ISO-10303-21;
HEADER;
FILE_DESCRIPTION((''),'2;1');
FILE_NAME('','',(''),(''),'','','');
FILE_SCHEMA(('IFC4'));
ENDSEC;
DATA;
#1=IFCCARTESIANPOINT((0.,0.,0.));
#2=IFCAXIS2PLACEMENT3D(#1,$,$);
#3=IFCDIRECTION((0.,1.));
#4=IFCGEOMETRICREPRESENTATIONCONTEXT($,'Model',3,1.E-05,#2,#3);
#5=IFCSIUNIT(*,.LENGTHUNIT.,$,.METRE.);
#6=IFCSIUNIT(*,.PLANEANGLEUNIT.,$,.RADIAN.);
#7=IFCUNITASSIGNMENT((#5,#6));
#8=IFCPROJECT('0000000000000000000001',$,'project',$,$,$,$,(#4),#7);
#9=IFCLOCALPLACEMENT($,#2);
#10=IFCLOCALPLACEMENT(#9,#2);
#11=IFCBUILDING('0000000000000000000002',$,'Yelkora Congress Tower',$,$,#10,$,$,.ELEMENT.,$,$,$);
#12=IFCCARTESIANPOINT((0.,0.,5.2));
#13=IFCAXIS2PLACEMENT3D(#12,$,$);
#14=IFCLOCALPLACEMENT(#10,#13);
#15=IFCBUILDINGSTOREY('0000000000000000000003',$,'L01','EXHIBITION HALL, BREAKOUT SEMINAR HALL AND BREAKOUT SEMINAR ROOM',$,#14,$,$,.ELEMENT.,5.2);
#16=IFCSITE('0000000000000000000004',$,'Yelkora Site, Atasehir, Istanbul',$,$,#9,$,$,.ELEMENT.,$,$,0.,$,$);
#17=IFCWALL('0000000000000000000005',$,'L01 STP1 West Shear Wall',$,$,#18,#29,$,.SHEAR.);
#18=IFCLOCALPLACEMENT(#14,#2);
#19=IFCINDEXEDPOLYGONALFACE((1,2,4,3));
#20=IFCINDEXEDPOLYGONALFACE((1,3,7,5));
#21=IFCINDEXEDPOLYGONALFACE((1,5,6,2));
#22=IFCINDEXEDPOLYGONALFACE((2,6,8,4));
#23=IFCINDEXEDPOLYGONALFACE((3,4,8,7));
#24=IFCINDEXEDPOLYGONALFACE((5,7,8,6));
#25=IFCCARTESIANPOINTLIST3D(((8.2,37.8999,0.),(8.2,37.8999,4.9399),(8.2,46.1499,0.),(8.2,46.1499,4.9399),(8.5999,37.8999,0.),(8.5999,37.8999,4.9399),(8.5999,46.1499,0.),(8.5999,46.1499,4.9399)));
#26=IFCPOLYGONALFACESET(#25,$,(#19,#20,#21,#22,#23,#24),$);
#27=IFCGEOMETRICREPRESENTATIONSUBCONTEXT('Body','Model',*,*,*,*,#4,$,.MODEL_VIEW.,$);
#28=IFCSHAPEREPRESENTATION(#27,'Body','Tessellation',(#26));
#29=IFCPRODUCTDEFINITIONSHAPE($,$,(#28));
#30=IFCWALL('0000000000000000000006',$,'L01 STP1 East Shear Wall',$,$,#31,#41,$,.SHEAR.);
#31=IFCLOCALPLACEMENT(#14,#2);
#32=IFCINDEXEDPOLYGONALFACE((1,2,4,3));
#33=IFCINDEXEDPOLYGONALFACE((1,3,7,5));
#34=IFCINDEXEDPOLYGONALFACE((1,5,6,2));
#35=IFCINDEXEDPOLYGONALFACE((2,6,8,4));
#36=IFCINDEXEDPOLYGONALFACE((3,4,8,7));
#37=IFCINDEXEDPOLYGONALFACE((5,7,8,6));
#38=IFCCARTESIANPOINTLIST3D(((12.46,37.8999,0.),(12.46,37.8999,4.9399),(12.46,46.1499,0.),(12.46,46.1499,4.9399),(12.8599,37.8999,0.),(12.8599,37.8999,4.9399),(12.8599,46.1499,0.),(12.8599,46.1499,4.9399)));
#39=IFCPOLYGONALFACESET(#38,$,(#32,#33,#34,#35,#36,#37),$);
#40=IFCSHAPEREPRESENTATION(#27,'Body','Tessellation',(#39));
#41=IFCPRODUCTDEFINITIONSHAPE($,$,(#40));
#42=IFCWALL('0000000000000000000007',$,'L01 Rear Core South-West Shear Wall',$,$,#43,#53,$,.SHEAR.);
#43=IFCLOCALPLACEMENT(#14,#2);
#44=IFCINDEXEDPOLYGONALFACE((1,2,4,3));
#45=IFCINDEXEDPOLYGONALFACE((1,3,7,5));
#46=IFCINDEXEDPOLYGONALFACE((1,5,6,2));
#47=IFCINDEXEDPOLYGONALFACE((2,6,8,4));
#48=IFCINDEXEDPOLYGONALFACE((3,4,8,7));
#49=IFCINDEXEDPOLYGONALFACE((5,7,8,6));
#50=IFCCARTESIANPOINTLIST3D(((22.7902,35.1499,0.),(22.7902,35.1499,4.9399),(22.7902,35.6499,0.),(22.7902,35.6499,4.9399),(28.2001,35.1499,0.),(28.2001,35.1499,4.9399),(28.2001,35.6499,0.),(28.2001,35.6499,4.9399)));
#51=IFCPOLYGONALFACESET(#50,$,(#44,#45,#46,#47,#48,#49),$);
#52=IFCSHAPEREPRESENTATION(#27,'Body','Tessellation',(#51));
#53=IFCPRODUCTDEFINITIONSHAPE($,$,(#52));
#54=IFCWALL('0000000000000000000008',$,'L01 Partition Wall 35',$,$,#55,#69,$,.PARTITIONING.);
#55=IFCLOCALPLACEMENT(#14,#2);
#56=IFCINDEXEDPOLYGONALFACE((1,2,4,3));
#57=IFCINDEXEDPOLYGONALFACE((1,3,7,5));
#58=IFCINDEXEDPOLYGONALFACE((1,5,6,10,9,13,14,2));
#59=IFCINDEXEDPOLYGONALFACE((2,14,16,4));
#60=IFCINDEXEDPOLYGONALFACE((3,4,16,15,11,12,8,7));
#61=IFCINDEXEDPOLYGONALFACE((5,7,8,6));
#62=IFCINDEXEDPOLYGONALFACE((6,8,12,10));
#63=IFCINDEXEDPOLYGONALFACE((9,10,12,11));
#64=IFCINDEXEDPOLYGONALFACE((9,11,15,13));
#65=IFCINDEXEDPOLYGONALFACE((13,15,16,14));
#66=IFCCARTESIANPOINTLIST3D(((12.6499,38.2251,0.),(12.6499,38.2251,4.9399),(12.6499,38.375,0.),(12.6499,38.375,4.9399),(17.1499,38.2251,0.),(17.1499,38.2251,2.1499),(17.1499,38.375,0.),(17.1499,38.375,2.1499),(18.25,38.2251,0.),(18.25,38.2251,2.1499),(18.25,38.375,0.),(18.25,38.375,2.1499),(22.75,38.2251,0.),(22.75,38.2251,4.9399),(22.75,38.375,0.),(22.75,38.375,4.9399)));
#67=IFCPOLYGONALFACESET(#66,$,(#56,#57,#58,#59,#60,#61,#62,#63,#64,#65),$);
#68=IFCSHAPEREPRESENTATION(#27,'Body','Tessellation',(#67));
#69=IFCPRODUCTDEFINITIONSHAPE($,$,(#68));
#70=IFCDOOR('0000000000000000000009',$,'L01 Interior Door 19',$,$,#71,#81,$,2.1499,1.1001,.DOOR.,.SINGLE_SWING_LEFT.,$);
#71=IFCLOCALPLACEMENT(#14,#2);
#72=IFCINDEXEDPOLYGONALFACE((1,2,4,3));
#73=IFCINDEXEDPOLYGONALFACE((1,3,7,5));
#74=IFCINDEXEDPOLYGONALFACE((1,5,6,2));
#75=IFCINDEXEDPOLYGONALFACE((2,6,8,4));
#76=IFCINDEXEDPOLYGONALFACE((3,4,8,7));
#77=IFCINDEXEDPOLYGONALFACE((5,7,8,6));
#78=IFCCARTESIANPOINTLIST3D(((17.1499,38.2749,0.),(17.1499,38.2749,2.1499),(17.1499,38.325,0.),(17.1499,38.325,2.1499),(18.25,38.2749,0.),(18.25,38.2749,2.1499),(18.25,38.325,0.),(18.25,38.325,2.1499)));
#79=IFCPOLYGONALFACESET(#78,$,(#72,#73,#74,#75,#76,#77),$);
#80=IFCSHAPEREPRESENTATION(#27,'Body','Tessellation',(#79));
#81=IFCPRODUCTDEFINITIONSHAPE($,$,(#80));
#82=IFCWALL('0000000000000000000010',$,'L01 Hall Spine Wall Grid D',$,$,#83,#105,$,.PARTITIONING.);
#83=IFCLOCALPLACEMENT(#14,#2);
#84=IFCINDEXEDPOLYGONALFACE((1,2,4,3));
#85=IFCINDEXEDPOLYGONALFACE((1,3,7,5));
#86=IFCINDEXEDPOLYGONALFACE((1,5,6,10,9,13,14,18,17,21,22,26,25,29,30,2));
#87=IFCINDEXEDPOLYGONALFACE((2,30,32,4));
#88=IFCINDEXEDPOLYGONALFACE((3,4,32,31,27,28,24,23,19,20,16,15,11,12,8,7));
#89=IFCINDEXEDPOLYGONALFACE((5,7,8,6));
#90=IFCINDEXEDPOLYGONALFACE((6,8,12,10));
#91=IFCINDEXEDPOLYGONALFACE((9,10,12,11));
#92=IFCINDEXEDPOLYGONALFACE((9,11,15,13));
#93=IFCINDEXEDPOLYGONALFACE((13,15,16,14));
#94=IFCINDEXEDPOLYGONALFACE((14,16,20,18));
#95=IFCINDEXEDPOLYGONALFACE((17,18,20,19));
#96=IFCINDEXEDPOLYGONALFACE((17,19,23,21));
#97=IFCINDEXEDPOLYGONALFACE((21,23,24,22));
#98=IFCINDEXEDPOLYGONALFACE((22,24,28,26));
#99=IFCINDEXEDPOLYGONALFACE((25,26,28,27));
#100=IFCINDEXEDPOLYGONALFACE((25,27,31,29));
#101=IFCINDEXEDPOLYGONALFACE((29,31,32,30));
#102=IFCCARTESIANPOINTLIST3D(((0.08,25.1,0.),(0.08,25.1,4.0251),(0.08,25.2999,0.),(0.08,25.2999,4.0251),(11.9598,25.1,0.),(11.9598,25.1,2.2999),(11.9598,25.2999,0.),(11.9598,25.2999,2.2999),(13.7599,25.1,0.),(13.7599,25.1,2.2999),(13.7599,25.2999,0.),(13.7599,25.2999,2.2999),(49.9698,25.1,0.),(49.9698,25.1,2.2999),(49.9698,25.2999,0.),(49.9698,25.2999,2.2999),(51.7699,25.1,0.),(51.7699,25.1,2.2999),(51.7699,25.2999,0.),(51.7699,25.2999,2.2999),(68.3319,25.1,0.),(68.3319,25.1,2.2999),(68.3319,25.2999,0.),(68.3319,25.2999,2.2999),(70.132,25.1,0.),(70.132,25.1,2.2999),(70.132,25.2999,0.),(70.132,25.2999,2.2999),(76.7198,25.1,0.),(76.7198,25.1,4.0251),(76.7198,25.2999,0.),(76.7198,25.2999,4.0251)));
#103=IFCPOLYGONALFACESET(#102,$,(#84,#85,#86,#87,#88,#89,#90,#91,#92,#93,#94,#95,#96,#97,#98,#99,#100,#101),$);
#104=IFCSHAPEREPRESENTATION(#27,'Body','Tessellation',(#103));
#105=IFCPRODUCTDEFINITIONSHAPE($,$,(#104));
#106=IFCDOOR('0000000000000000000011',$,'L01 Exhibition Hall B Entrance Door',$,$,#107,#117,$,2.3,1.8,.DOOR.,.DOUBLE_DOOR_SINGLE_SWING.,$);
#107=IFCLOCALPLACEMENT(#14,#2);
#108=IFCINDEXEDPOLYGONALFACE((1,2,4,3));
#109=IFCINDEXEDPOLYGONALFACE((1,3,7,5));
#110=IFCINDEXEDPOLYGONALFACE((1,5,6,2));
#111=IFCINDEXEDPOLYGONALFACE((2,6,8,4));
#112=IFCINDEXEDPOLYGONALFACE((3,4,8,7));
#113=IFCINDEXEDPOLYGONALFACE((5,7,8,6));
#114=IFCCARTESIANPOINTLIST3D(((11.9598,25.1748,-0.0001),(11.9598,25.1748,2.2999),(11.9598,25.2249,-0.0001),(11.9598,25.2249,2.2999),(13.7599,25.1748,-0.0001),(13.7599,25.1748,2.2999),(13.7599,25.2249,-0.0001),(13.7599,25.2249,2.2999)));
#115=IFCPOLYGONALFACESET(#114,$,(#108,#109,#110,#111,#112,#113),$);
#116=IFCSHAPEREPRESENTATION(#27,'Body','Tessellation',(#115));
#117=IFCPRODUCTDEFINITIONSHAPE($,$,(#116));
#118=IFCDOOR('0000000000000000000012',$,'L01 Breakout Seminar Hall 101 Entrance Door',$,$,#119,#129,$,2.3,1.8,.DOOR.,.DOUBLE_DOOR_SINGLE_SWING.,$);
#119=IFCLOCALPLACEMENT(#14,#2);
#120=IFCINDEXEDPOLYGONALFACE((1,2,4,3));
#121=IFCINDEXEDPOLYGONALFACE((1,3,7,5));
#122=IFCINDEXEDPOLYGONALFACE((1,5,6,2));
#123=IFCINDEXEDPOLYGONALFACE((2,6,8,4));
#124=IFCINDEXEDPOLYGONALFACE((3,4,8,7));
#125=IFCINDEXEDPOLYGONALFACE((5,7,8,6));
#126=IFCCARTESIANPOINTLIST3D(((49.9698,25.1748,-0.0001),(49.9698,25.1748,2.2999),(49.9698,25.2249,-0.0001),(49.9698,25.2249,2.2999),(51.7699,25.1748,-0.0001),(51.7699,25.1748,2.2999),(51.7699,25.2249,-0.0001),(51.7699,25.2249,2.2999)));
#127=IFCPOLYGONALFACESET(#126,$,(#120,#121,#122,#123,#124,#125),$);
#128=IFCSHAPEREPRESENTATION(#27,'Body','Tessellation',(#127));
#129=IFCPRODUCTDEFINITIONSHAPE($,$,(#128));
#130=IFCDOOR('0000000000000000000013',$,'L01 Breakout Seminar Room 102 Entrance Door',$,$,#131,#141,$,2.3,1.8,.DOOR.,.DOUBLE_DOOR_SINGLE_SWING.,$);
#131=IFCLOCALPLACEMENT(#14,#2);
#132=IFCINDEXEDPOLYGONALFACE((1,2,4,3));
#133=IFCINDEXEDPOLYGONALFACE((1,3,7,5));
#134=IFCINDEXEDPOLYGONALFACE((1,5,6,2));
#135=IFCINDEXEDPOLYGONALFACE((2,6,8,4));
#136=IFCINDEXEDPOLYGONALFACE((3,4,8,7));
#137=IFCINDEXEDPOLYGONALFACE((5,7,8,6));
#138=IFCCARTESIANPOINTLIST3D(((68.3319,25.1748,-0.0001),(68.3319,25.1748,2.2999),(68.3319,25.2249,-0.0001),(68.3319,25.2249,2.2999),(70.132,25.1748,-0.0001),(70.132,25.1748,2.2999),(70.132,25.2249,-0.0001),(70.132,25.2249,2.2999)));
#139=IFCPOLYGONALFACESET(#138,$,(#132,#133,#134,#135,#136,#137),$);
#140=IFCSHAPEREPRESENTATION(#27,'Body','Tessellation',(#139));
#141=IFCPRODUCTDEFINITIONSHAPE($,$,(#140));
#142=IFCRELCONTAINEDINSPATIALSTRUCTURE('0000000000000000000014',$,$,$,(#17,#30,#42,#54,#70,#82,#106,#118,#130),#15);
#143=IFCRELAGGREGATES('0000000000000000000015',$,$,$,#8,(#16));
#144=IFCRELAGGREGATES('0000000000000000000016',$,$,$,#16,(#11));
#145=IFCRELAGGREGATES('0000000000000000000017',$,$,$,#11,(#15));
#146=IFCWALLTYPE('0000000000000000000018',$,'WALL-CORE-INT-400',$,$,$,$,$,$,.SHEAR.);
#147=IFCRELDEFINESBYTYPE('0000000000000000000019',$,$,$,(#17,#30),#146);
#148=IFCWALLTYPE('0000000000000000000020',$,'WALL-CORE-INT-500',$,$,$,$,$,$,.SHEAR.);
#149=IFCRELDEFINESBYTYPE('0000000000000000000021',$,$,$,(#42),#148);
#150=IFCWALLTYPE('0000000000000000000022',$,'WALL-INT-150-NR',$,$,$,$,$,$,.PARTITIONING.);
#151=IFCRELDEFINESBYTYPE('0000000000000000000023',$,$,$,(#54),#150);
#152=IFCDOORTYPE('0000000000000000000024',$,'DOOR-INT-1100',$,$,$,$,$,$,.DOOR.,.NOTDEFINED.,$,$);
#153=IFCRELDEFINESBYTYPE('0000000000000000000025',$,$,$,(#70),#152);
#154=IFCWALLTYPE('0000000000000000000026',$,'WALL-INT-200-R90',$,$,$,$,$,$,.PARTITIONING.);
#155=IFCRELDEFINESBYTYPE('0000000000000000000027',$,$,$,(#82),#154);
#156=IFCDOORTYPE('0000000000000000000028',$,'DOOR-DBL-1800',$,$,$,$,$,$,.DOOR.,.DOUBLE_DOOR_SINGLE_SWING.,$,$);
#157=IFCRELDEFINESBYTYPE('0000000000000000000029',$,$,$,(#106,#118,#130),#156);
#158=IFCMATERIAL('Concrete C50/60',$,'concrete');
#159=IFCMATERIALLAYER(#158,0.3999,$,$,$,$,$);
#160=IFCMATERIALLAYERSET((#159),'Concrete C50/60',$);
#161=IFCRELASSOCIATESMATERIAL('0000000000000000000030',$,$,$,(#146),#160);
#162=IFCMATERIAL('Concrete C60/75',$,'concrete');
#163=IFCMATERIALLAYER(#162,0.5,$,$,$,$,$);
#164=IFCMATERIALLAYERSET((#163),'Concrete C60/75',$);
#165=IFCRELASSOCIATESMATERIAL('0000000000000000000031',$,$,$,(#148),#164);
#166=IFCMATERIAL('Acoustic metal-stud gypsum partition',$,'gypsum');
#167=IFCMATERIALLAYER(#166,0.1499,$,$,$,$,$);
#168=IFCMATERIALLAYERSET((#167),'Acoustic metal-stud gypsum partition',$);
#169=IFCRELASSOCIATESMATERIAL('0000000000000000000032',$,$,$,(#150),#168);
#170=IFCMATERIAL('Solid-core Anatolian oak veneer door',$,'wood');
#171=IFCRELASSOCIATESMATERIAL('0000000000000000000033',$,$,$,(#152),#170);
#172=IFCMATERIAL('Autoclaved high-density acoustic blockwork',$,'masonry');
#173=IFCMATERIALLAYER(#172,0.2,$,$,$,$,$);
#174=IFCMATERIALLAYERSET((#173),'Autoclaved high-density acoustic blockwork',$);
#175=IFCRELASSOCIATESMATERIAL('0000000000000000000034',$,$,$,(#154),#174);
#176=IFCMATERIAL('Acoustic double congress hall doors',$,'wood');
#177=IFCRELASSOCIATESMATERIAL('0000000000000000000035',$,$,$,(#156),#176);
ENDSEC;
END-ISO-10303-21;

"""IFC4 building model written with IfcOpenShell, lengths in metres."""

from ifc_helpers import new_model, si_unit, direction, frame, frame_2d, origin, place, context, subcontext, project, spatial, rectangle, extrude, material, layer, layer_set, type_object, element, fill, save


model = new_model("IFC4")

# Units and contexts
model_context = context("Model", 3, precision=1e-05, world=origin(), true_north=direction((0.0, 1.0)))
body_context = subcontext(model_context, "Body", "Model", "MODEL_VIEW")
ifc_project = project(units=[si_unit("LENGTHUNIT", "METRE"), si_unit("PLANEANGLEUNIT", "RADIAN")], contexts=[model_context])

# Site, building, storey
site_placement = place(None, origin())
site = spatial("IfcSite", under=ifc_project, at=site_placement, Name="Yelkora Site, Atasehir, Istanbul", CompositionType="ELEMENT", RefElevation=0.0)
building_placement = place(site_placement, origin())
building = spatial("IfcBuilding", under=site, at=building_placement, Name="Yelkora Congress Tower", CompositionType="ELEMENT")
storey_placement = place(building_placement, frame((0.0, 0.0, 5.2)))
storey = spatial("IfcBuildingStorey", under=building, at=storey_placement, Name="L01", Description="EXHIBITION HALL, BREAKOUT SEMINAR HALL AND BREAKOUT SEMINAR ROOM", CompositionType="ELEMENT", Elevation=5.2)

# Shared definitions
ifc_material_1 = material(Name="Concrete C60/75", Category="concrete")
ifc_material_2 = material(Name="Concrete C50/60", Category="concrete")

# Walls
ifc_layer_1 = layer(ifc_material_2, 0.3999)
ifc_layer_set_1 = layer_set([ifc_layer_1], Name="Concrete C50/60")
wall_type_1 = type_object("IfcWallType", Name="WALL-CORE-INT-400", PredefinedType="SHEAR", material=ifc_layer_set_1)
for number, where, z_axis, x_axis, name in (
    (1, (8.3999, 37.8999, 0.0), (0.0, 0.0, 1.0), (0.0, 1.0, 0.0), "L01 STP1 West Shear Wall"),
    (2, (12.6599, 37.8999, 0.0), (0.0, 0.0, 1.0), (0.0, 1.0, 0.0), "L01 STP1 East Shear Wall"),
):
    element("IfcWall", number, at=place(storey_placement, frame(where, z_axis=z_axis, x_axis=x_axis)), inside=storey, type_object=wall_type_1, Name=name, PredefinedType="SHEAR", context=body_context, shape_type="SweptSolid", body=[
        extrude(rectangle(XDim=8.25, YDim=0.3999, at=frame_2d((4.125, 0.0))), origin(), (0.0, 0.0, 1.0), 4.9399),
    ])
ifc_layer_2 = layer(ifc_material_1, 0.5)
ifc_layer_set_2 = layer_set([ifc_layer_2], Name="Concrete C60/75")
wall_type_2 = type_object("IfcWallType", Name="WALL-CORE-INT-500", PredefinedType="SHEAR", material=ifc_layer_set_2)
wall_1_placement = place(storey_placement, frame((22.79, 35.3999, 0.0), z_axis=(0.0, 0.0, 1.0), x_axis=(1.0, 0.0, 0.0)))
element("IfcWall", 3, at=wall_1_placement, inside=storey, type_object=wall_type_2, Name="L01 Rear Core South-West Shear Wall", PredefinedType="SHEAR", context=body_context, shape_type="SweptSolid", body=[
    extrude(rectangle(XDim=5.4099, YDim=0.5, at=frame_2d((2.7051, 0.0))), origin(), (0.0, 0.0, 1.0), 4.9399),
])

# Wall, opening, door
ifc_material_3 = material(Name="Acoustic metal-stud gypsum partition", Category="gypsum")
ifc_layer_3 = layer(ifc_material_3, 0.1499)
ifc_layer_set_3 = layer_set([ifc_layer_3], Name="Acoustic metal-stud gypsum partition")
wall_type_3 = type_object("IfcWallType", Name="WALL-INT-150-NR", PredefinedType="PARTITIONING", material=ifc_layer_set_3)
wall_2_placement = place(storey_placement, frame((12.6499, 38.3, 0.0), z_axis=(0.0, 0.0, 1.0), x_axis=(1.0, 0.0, 0.0)))
wall_2 = element("IfcWall", 4, at=wall_2_placement, inside=storey, type_object=wall_type_3, Name="L01 Partition Wall 35", PredefinedType="PARTITIONING", context=body_context, shape_type="SweptSolid", body=[
    extrude(rectangle(XDim=10.1001, YDim=0.1499, at=frame_2d((5.05, 0.0))), origin(), (0.0, 0.0, 1.0), 4.9399),
])
opening_1_placement = place(wall_2_placement, frame((4.5, 0.0, 0.0)))
opening_1 = element("IfcOpeningElement", 5, at=opening_1_placement, cuts=wall_2, PredefinedType="OPENING", context=body_context, shape_type="SweptSolid", body=[
    extrude(rectangle(XDim=1.1001, YDim=2.1499, at=frame_2d((0.55, 1.075))), frame((0.0, 0.085, 0.0), z_axis=(0.0, -1.0, 0.0), x_axis=(1.0, 0.0, 0.0)), (0.0, 0.0, 1.0), 0.1699),
])
ifc_material_4 = material(Name="Solid-core Anatolian oak veneer door", Category="wood")
door_type_1 = type_object("IfcDoorType", Name="DOOR-INT-1100", OperationType="NOTDEFINED", PredefinedType="DOOR", material=ifc_material_4)
door_1_placement = place(opening_1_placement, origin())
door_1 = element("IfcDoor", 6, at=door_1_placement, inside=storey, type_object=door_type_1, Name="L01 Interior Door 19", OperationType="SINGLE_SWING_LEFT", OverallHeight=2.1499, OverallWidth=1.1001, PredefinedType="DOOR", context=body_context, shape_type="SweptSolid", body=[
    extrude(rectangle(XDim=1.1001, YDim=2.1499, at=frame_2d((0.55, 1.075))), frame((0.0, 0.0249, 0.0), z_axis=(0.0, -1.0, 0.0), x_axis=(1.0, 0.0, 0.0)), (0.0, 0.0, 1.0), 0.05),
])
fill(opening_1, door_1)

# Wall, openings, doors
ifc_material_5 = material(Name="Autoclaved high-density acoustic blockwork", Category="masonry")
ifc_layer_4 = layer(ifc_material_5, 0.2)
ifc_layer_set_4 = layer_set([ifc_layer_4], Name="Autoclaved high-density acoustic blockwork")
wall_type_4 = type_object("IfcWallType", Name="WALL-INT-200-R90", PredefinedType="PARTITIONING", material=ifc_layer_set_4)
wall_3_placement = place(storey_placement, frame((0.0801, 25.2, 0.0), z_axis=(0.0, 0.0, 1.0), x_axis=(1.0, 0.0, 0.0)))
wall_3 = element("IfcWall", 7, at=wall_3_placement, inside=storey, type_object=wall_type_4, Name="L01 Hall Spine Wall Grid D", PredefinedType="PARTITIONING", context=body_context, shape_type="SweptSolid", body=[
    extrude(rectangle(XDim=76.6399, YDim=0.2, at=frame_2d((38.3198, 0.0))), origin(), (0.0, 0.0, 1.0), 4.0251),
])
opening_2_placement = place(wall_3_placement, frame((11.8799, 0.0, 0.0)))
opening_2 = element("IfcOpeningElement", 8, at=opening_2_placement, cuts=wall_3, PredefinedType="OPENING", context=body_context, shape_type="SweptSolid", body=[
    extrude(rectangle(XDim=1.8, YDim=2.3, at=frame_2d((0.8999, 1.1499))), frame((0.0, 0.1099, 0.0), z_axis=(0.0, -1.0, 0.0), x_axis=(1.0, 0.0, 0.0)), (0.0, 0.0, 1.0), 0.22),
])
opening_3_placement = place(wall_3_placement, frame((49.8899, 0.0, 0.0)))
opening_3 = element("IfcOpeningElement", 9, at=opening_3_placement, cuts=wall_3, PredefinedType="OPENING", context=body_context, shape_type="SweptSolid", body=[
    extrude(rectangle(XDim=1.8, YDim=2.3, at=frame_2d((0.8999, 1.1499))), frame((0.0, 0.1099, 0.0), z_axis=(0.0, -1.0, 0.0), x_axis=(1.0, 0.0, 0.0)), (0.0, 0.0, 1.0), 0.22),
])
opening_4_placement = place(wall_3_placement, frame((68.252, 0.0, 0.0)))
opening_4 = element("IfcOpeningElement", 10, at=opening_4_placement, cuts=wall_3, PredefinedType="OPENING", context=body_context, shape_type="SweptSolid", body=[
    extrude(rectangle(XDim=1.8, YDim=2.3, at=frame_2d((0.8999, 1.1499))), frame((0.0, 0.1099, 0.0), z_axis=(0.0, -1.0, 0.0), x_axis=(1.0, 0.0, 0.0)), (0.0, 0.0, 1.0), 0.22),
])
ifc_material_6 = material(Name="Acoustic double congress hall doors", Category="wood")
door_type_2 = type_object("IfcDoorType", Name="DOOR-DBL-1800", OperationType="DOUBLE_DOOR_SINGLE_SWING", PredefinedType="DOOR", material=ifc_material_6)
door_2_placement = place(opening_2_placement, origin())
door_2 = element("IfcDoor", 11, at=door_2_placement, inside=storey, type_object=door_type_2, Name="L01 Exhibition Hall B Entrance Door", OperationType="DOUBLE_DOOR_SINGLE_SWING", OverallHeight=2.3, OverallWidth=1.8, PredefinedType="DOOR", context=body_context, shape_type="SweptSolid", body=[
    extrude(rectangle(XDim=1.8, YDim=2.3, at=frame_2d((0.8999, 1.1499))), frame((0.0, 0.0249, 0.0), z_axis=(0.0, -1.0, 0.0), x_axis=(1.0, 0.0, 0.0)), (0.0, 0.0, 1.0), 0.05),
])
fill(opening_2, door_2)
door_3_placement = place(opening_3_placement, origin())
door_3 = element("IfcDoor", 12, at=door_3_placement, inside=storey, type_object=door_type_2, Name="L01 Breakout Seminar Hall 101 Entrance Door", OperationType="DOUBLE_DOOR_SINGLE_SWING", OverallHeight=2.3, OverallWidth=1.8, PredefinedType="DOOR", context=body_context, shape_type="SweptSolid", body=[
    extrude(rectangle(XDim=1.8, YDim=2.3, at=frame_2d((0.8999, 1.1499))), frame((0.0, 0.0249, 0.0), z_axis=(0.0, -1.0, 0.0), x_axis=(1.0, 0.0, 0.0)), (0.0, 0.0, 1.0), 0.05),
])
fill(opening_3, door_3)
door_4_placement = place(opening_4_placement, origin())
door_4 = element("IfcDoor", 13, at=door_4_placement, inside=storey, type_object=door_type_2, Name="L01 Breakout Seminar Room 102 Entrance Door", OperationType="DOUBLE_DOOR_SINGLE_SWING", OverallHeight=2.3, OverallWidth=1.8, PredefinedType="DOOR", context=body_context, shape_type="SweptSolid", body=[
    extrude(rectangle(XDim=1.8, YDim=2.3, at=frame_2d((0.8999, 1.1499))), frame((0.0, 0.0249, 0.0), z_axis=(0.0, -1.0, 0.0), x_axis=(1.0, 0.0, 0.0)), (0.0, 0.0, 1.0), 0.05),
])
fill(opening_4, door_4)

save(model, "model.ifc")
